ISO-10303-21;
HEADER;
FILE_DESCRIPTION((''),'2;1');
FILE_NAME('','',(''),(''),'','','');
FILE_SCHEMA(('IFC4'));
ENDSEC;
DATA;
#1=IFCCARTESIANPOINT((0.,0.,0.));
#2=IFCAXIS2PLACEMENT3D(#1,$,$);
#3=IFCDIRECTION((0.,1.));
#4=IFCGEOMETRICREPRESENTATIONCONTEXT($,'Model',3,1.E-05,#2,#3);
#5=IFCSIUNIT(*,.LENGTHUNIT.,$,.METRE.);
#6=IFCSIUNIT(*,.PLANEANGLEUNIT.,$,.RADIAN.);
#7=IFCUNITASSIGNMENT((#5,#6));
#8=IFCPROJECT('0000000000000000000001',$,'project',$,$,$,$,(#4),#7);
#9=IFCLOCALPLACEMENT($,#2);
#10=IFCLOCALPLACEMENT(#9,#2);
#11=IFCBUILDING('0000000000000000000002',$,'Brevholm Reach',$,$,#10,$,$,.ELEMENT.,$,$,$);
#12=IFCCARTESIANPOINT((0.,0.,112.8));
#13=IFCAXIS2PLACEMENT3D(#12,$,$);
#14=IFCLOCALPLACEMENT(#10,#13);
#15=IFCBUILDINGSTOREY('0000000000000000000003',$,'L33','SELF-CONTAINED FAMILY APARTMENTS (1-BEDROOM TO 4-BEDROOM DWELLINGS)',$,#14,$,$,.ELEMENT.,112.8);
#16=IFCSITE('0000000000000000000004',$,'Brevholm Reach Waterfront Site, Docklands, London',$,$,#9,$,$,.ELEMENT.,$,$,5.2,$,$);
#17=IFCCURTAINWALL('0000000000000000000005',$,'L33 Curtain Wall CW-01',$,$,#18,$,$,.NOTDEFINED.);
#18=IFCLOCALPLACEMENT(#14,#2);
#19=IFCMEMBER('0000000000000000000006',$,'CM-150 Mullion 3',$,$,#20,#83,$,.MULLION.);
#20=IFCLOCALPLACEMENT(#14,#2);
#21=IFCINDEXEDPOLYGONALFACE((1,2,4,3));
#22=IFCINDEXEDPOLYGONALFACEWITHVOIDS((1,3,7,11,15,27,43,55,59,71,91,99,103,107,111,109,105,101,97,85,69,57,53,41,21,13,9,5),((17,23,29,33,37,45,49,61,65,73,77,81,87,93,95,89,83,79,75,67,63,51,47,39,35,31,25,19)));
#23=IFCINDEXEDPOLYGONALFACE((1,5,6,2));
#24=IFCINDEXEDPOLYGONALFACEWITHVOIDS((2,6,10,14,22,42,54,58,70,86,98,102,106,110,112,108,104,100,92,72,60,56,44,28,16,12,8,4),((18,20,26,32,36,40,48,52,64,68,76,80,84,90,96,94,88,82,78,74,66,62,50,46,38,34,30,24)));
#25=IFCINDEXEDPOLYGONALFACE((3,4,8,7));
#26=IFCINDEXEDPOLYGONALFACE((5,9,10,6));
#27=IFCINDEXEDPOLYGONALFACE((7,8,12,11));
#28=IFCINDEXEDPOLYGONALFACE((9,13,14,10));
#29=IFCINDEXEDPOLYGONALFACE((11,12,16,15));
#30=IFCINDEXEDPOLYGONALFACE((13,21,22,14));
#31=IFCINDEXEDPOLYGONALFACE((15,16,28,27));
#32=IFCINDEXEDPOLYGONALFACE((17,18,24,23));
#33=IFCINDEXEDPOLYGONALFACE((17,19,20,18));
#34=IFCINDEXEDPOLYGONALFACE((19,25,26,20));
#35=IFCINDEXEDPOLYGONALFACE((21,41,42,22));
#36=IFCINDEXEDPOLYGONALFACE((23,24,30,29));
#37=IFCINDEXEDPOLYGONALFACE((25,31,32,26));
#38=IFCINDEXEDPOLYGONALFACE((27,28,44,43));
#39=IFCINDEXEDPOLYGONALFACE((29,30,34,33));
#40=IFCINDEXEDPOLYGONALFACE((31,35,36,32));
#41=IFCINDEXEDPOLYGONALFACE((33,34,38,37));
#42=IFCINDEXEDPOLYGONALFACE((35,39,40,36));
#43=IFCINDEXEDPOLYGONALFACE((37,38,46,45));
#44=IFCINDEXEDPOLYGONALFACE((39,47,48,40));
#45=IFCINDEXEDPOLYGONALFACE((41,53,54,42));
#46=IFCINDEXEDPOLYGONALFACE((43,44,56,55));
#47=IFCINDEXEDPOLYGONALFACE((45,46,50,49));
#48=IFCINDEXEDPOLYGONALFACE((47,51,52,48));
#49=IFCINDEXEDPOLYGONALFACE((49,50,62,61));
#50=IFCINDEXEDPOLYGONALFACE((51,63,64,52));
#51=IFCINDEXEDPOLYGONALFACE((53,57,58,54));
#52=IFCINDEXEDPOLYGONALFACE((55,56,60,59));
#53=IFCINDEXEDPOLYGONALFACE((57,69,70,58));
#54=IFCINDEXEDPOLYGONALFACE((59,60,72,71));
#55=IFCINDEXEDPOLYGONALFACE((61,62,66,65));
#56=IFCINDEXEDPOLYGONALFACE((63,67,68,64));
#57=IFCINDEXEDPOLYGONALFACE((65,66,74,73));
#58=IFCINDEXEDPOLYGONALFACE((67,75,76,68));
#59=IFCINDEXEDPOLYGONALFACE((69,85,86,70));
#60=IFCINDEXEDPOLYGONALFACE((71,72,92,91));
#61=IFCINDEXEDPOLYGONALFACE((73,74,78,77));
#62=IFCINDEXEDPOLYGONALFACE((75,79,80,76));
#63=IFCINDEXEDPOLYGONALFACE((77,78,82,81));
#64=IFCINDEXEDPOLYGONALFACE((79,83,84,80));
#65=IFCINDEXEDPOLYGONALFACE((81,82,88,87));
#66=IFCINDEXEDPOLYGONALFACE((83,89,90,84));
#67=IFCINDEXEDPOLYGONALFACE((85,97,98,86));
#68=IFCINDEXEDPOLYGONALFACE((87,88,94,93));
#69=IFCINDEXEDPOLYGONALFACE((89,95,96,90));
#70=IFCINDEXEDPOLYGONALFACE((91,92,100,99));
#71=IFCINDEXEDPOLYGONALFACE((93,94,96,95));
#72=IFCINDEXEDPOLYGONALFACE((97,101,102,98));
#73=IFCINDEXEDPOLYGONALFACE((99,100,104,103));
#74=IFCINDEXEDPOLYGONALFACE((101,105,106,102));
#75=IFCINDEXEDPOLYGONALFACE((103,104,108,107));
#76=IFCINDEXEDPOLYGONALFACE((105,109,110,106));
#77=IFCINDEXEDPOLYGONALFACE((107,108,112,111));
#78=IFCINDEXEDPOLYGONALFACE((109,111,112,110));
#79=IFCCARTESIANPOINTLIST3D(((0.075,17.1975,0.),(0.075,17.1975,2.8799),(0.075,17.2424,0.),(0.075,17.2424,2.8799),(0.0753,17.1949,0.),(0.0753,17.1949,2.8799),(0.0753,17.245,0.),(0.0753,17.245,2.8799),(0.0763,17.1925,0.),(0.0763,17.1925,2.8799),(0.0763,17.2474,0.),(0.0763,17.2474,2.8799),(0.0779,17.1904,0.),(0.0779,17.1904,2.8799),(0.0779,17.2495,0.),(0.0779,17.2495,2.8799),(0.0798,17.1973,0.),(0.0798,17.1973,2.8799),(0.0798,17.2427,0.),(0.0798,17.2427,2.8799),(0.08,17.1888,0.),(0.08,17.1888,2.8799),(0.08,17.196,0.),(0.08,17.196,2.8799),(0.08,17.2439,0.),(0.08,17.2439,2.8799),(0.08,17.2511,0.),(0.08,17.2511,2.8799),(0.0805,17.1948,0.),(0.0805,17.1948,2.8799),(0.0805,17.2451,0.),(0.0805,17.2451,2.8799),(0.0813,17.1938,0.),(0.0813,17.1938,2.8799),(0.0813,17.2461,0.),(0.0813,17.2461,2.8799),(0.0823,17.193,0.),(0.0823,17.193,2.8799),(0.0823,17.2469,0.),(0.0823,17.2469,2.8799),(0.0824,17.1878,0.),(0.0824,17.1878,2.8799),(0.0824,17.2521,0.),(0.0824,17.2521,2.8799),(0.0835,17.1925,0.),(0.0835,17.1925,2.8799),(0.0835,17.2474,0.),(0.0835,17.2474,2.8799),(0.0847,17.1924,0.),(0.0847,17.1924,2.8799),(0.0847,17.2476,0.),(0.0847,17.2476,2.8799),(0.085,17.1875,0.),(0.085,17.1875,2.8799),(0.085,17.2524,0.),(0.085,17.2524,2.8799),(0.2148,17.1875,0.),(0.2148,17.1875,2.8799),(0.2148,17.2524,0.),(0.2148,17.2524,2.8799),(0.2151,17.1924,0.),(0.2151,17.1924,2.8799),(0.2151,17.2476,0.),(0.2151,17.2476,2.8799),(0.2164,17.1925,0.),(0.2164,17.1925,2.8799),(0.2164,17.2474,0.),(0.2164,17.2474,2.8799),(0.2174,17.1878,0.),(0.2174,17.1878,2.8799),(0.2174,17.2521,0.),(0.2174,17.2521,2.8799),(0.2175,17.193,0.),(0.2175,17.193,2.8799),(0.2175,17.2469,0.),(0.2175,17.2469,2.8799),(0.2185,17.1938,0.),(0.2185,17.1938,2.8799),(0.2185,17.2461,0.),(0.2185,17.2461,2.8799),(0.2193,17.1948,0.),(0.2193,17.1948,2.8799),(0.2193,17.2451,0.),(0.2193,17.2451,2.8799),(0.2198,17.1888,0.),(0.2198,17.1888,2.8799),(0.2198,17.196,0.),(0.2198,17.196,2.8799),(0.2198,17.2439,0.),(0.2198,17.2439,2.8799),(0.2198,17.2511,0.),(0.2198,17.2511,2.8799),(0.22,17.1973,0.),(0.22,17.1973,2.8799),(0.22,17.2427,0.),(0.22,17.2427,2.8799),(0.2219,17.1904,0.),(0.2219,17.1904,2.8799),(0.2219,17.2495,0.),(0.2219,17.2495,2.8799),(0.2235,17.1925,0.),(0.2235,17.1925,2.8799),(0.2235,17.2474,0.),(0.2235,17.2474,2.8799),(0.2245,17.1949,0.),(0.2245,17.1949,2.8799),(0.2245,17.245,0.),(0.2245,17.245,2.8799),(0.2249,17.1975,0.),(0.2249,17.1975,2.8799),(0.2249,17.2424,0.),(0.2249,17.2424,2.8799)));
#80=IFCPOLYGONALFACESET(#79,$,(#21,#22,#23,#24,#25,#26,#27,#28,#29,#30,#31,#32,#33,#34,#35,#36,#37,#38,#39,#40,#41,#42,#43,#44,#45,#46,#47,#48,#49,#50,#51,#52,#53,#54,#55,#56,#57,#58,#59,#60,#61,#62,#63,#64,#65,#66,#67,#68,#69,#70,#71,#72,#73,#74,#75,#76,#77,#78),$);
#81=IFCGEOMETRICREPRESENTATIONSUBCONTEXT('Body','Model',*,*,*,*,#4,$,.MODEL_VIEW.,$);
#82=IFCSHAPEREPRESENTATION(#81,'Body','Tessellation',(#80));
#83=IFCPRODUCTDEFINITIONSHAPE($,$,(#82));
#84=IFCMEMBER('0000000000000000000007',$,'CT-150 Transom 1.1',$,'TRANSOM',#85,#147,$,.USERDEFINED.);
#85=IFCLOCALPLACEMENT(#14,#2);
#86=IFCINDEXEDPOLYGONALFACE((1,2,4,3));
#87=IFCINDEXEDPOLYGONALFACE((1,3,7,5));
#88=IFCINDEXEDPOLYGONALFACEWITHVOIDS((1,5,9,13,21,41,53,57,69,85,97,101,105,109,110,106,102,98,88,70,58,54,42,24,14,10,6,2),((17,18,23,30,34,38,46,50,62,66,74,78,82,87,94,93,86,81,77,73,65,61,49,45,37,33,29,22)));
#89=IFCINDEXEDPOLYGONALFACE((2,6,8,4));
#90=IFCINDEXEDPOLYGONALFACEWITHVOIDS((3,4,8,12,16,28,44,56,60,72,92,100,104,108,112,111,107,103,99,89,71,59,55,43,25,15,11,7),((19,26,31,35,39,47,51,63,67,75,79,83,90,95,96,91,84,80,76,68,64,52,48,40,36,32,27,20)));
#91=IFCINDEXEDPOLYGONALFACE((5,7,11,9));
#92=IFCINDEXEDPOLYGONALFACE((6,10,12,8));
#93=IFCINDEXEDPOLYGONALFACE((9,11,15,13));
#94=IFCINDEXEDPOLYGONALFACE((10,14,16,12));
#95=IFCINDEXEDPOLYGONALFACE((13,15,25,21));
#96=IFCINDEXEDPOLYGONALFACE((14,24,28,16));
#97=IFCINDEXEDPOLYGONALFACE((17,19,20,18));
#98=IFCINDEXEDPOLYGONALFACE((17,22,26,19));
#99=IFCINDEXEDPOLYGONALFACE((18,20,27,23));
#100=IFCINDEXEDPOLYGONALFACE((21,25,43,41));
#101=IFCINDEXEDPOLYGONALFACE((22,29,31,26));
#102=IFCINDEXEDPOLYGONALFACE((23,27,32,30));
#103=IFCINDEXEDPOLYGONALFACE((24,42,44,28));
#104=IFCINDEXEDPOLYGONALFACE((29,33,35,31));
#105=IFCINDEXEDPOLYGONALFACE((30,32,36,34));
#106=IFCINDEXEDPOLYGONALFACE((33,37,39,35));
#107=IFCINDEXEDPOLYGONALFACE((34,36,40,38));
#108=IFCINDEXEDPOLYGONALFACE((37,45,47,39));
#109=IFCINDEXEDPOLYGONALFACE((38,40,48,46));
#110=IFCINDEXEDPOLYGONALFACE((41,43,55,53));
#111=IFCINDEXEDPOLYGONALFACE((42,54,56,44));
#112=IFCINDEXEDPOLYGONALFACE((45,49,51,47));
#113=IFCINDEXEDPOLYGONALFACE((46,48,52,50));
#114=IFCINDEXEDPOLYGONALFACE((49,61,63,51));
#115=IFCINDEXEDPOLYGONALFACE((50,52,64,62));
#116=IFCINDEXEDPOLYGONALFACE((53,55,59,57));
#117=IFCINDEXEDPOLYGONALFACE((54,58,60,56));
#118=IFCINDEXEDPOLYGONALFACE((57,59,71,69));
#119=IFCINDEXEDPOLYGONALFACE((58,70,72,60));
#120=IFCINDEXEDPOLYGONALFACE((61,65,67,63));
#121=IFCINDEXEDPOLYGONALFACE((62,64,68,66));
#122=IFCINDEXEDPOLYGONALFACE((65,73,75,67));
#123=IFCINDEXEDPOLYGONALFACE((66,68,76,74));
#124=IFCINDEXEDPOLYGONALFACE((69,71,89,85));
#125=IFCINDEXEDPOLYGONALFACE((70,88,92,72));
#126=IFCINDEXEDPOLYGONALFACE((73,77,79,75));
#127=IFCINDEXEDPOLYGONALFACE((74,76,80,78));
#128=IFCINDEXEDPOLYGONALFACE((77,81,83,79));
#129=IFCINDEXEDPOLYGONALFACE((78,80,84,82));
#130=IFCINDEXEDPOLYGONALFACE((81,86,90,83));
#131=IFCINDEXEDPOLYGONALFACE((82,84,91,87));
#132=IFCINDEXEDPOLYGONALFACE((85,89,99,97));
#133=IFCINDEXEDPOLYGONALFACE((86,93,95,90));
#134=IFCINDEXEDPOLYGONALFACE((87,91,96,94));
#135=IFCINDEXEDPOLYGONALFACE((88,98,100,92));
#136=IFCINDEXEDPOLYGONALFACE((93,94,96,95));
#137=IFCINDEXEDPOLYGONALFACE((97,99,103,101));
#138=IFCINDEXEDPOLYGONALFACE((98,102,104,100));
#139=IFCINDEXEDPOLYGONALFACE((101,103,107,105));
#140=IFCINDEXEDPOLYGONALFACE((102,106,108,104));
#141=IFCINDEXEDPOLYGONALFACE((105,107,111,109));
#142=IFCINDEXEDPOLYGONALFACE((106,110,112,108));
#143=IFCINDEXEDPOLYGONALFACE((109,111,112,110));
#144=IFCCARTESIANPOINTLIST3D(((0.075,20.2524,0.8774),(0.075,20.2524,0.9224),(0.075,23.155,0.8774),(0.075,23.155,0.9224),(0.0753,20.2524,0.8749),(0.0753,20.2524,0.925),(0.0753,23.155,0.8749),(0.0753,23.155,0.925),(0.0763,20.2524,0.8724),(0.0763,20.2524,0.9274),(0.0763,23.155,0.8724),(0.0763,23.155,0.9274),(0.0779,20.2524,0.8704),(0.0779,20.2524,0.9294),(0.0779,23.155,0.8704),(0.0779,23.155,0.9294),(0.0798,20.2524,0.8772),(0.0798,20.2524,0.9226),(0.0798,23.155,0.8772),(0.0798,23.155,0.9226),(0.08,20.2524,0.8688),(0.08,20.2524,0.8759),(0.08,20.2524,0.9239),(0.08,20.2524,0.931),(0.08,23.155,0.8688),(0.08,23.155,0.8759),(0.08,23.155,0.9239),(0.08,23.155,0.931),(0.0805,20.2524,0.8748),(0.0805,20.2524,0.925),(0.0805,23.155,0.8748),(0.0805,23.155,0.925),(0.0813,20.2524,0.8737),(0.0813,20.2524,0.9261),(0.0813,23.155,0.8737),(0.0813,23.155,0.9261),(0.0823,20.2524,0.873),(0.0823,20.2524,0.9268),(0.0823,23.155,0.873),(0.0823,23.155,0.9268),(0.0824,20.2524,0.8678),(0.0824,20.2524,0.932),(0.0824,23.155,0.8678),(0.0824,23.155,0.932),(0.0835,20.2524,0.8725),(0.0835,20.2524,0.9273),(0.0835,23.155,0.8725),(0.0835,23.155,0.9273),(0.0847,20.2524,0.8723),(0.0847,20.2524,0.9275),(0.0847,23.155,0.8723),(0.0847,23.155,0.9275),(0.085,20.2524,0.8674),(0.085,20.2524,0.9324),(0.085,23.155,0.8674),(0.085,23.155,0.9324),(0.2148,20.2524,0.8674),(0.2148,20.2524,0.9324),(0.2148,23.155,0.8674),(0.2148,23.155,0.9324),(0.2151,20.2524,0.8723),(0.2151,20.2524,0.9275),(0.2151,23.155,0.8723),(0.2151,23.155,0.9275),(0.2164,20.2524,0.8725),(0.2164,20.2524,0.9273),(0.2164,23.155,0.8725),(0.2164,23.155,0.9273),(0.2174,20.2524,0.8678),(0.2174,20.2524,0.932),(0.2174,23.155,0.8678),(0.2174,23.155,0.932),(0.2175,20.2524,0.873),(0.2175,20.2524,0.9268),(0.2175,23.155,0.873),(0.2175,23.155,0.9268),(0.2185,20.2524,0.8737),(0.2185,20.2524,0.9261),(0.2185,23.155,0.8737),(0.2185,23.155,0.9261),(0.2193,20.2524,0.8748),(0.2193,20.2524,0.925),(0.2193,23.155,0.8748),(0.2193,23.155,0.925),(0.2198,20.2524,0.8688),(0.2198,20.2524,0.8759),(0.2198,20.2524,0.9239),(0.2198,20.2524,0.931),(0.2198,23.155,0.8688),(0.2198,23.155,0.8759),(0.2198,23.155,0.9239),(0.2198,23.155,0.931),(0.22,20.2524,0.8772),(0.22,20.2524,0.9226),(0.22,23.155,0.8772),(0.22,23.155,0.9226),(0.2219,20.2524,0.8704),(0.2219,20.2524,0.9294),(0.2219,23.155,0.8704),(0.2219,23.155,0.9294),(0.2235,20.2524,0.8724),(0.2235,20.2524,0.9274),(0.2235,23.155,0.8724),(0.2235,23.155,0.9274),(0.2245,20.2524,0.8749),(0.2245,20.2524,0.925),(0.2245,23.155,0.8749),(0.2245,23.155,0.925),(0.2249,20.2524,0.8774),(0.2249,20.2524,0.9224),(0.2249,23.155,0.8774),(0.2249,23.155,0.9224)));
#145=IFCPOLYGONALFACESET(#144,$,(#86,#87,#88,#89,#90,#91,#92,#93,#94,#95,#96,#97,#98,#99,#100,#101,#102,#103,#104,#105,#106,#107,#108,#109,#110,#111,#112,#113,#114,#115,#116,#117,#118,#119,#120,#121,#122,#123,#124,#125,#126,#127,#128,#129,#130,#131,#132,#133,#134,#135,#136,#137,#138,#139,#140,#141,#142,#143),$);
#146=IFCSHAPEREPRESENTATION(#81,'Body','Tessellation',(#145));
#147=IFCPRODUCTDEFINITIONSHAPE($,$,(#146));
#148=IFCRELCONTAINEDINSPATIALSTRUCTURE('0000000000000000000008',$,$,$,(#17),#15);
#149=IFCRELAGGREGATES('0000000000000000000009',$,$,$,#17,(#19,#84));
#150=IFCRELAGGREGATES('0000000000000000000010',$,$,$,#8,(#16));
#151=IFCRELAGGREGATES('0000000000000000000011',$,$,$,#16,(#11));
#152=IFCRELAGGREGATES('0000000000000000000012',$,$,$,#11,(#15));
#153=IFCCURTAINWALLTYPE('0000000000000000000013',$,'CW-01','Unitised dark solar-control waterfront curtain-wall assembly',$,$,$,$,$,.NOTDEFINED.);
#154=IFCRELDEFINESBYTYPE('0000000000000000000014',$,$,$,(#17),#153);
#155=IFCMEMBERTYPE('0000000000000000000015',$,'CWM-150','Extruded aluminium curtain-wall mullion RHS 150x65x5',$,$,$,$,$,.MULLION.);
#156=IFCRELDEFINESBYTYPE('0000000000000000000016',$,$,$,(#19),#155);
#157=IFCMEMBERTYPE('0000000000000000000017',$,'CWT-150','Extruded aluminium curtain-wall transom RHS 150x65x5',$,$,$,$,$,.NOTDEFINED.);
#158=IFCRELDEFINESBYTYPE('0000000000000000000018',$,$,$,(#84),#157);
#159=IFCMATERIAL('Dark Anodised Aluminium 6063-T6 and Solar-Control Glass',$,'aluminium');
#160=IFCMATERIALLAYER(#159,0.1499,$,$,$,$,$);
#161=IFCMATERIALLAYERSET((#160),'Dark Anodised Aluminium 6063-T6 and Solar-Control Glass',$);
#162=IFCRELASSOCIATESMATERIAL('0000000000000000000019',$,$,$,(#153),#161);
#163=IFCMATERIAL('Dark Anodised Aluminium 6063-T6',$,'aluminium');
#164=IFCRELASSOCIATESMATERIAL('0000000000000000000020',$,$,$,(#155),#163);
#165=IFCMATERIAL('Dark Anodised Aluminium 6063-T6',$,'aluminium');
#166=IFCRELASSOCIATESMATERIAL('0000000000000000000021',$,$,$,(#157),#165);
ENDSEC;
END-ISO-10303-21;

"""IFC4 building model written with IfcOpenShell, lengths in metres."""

from ifc_helpers import new_model, si_unit, direction, frame, origin, origin_2d, place, context, subcontext, project, spatial, hollow_rectangle, extrude, material, layer, layer_set, material_profile, profile_set, type_object, element, aggregate, save


model = new_model("IFC4")

# Units and contexts
model_context = context("Model", 3, precision=1e-05, world=origin(), true_north=direction((0.0, 1.0)))
body_context = subcontext(model_context, "Body", "Model", "MODEL_VIEW")
ifc_project = project(units=[si_unit("LENGTHUNIT", "METRE"), si_unit("PLANEANGLEUNIT", "RADIAN")], contexts=[model_context])

# Site, building, storey
site_placement = place(None, origin())
site = spatial("IfcSite", under=ifc_project, at=site_placement, Name="Brevholm Reach Waterfront Site, Docklands, London", CompositionType="ELEMENT", RefElevation=5.2)
building_placement = place(site_placement, origin())
building = spatial("IfcBuilding", under=site, at=building_placement, Name="Brevholm Reach", CompositionType="ELEMENT")
storey_placement = place(building_placement, frame((0.0, 0.0, 112.8)))
storey = spatial("IfcBuildingStorey", under=building, at=storey_placement, Name="L33", Description="SELF-CONTAINED FAMILY APARTMENTS (1-BEDROOM TO 4-BEDROOM DWELLINGS)", CompositionType="ELEMENT", Elevation=112.8)

# Curtain wall, members
ifc_material_1 = material(Name="Dark Anodised Aluminium 6063-T6 and Solar-Control Glass", Category="aluminium")
ifc_layer_1 = layer(ifc_material_1, 0.1499)
ifc_layer_set_1 = layer_set([ifc_layer_1], Name="Dark Anodised Aluminium 6063-T6 and Solar-Control Glass")
curtain_wall_type = type_object("IfcCurtainWallType", Name="CW-01", Description="Unitised dark solar-control waterfront curtain-wall assembly", PredefinedType="NOTDEFINED", material=ifc_layer_set_1)
curtain_wall_placement = place(storey_placement, origin())
curtain_wall = element("IfcCurtainWall", 1, at=curtain_wall_placement, inside=storey, type_object=curtain_wall_type, Name="L33 Curtain Wall CW-01", PredefinedType="NOTDEFINED")
ifc_material_2 = material(Name="Dark Anodised Aluminium 6063-T6", Category="aluminium")
ifc_material_profile_1 = material_profile(ifc_material_2, hollow_rectangle(XDim=0.0649, YDim=0.1499, WallThickness=0.0049, InnerFilletRadius=0.0049, OuterFilletRadius=0.01, at=origin_2d()), Name="RHS 150x65x5")
ifc_profile_set_1 = profile_set([ifc_material_profile_1], Name="Dark Anodised Aluminium 6063-T6")
member_type_1 = type_object("IfcMemberType", Name="CWM-150", Description="Extruded aluminium curtain-wall mullion RHS 150x65x5", PredefinedType="MULLION", material=ifc_profile_set_1)
member_1_placement = place(storey_placement, frame((0.1499, 17.22, 0.0), z_axis=(0.0, 0.0, 1.0), x_axis=(0.0, -1.0, 0.0)))
member_1 = element("IfcMember", 2, at=member_1_placement, type_object=member_type_1, Name="CM-150 Mullion 3", PredefinedType="MULLION", context=body_context, shape_type="SweptSolid", body=[
    extrude(hollow_rectangle(XDim=0.0649, YDim=0.1499, WallThickness=0.0049, InnerFilletRadius=0.0049, OuterFilletRadius=0.01, at=origin_2d()), origin(), (0.0, 0.0, 1.0), 2.8799),
])
ifc_material_3 = material(Name="Dark Anodised Aluminium 6063-T6", Category="aluminium")
ifc_material_profile_2 = material_profile(ifc_material_3, hollow_rectangle(XDim=0.0649, YDim=0.1499, WallThickness=0.0049, InnerFilletRadius=0.0049, OuterFilletRadius=0.01, at=origin_2d()), Name="RHS 150x65x5")
ifc_profile_set_2 = profile_set([ifc_material_profile_2], Name="Dark Anodised Aluminium 6063-T6")
member_type_2 = type_object("IfcMemberType", Name="CWT-150", Description="Extruded aluminium curtain-wall transom RHS 150x65x5", PredefinedType="NOTDEFINED", material=ifc_profile_set_2)
member_2_placement = place(storey_placement, frame((0.1499, 23.155, 0.8999), z_axis=(0.0, -1.0, 0.0), x_axis=(0.0, 0.0, 1.0)))
member_2 = element("IfcMember", 3, at=member_2_placement, type_object=member_type_2, Name="CT-150 Transom 1.1", ObjectType="TRANSOM", PredefinedType="USERDEFINED", context=body_context, shape_type="SweptSolid", body=[
    extrude(hollow_rectangle(XDim=0.0649, YDim=0.1499, WallThickness=0.0049, InnerFilletRadius=0.0049, OuterFilletRadius=0.01, at=origin_2d()), origin(), (0.0, 0.0, 1.0), 2.9026),
])
aggregate(curtain_wall, [member_1, member_2])

save(model, "model.ifc")
